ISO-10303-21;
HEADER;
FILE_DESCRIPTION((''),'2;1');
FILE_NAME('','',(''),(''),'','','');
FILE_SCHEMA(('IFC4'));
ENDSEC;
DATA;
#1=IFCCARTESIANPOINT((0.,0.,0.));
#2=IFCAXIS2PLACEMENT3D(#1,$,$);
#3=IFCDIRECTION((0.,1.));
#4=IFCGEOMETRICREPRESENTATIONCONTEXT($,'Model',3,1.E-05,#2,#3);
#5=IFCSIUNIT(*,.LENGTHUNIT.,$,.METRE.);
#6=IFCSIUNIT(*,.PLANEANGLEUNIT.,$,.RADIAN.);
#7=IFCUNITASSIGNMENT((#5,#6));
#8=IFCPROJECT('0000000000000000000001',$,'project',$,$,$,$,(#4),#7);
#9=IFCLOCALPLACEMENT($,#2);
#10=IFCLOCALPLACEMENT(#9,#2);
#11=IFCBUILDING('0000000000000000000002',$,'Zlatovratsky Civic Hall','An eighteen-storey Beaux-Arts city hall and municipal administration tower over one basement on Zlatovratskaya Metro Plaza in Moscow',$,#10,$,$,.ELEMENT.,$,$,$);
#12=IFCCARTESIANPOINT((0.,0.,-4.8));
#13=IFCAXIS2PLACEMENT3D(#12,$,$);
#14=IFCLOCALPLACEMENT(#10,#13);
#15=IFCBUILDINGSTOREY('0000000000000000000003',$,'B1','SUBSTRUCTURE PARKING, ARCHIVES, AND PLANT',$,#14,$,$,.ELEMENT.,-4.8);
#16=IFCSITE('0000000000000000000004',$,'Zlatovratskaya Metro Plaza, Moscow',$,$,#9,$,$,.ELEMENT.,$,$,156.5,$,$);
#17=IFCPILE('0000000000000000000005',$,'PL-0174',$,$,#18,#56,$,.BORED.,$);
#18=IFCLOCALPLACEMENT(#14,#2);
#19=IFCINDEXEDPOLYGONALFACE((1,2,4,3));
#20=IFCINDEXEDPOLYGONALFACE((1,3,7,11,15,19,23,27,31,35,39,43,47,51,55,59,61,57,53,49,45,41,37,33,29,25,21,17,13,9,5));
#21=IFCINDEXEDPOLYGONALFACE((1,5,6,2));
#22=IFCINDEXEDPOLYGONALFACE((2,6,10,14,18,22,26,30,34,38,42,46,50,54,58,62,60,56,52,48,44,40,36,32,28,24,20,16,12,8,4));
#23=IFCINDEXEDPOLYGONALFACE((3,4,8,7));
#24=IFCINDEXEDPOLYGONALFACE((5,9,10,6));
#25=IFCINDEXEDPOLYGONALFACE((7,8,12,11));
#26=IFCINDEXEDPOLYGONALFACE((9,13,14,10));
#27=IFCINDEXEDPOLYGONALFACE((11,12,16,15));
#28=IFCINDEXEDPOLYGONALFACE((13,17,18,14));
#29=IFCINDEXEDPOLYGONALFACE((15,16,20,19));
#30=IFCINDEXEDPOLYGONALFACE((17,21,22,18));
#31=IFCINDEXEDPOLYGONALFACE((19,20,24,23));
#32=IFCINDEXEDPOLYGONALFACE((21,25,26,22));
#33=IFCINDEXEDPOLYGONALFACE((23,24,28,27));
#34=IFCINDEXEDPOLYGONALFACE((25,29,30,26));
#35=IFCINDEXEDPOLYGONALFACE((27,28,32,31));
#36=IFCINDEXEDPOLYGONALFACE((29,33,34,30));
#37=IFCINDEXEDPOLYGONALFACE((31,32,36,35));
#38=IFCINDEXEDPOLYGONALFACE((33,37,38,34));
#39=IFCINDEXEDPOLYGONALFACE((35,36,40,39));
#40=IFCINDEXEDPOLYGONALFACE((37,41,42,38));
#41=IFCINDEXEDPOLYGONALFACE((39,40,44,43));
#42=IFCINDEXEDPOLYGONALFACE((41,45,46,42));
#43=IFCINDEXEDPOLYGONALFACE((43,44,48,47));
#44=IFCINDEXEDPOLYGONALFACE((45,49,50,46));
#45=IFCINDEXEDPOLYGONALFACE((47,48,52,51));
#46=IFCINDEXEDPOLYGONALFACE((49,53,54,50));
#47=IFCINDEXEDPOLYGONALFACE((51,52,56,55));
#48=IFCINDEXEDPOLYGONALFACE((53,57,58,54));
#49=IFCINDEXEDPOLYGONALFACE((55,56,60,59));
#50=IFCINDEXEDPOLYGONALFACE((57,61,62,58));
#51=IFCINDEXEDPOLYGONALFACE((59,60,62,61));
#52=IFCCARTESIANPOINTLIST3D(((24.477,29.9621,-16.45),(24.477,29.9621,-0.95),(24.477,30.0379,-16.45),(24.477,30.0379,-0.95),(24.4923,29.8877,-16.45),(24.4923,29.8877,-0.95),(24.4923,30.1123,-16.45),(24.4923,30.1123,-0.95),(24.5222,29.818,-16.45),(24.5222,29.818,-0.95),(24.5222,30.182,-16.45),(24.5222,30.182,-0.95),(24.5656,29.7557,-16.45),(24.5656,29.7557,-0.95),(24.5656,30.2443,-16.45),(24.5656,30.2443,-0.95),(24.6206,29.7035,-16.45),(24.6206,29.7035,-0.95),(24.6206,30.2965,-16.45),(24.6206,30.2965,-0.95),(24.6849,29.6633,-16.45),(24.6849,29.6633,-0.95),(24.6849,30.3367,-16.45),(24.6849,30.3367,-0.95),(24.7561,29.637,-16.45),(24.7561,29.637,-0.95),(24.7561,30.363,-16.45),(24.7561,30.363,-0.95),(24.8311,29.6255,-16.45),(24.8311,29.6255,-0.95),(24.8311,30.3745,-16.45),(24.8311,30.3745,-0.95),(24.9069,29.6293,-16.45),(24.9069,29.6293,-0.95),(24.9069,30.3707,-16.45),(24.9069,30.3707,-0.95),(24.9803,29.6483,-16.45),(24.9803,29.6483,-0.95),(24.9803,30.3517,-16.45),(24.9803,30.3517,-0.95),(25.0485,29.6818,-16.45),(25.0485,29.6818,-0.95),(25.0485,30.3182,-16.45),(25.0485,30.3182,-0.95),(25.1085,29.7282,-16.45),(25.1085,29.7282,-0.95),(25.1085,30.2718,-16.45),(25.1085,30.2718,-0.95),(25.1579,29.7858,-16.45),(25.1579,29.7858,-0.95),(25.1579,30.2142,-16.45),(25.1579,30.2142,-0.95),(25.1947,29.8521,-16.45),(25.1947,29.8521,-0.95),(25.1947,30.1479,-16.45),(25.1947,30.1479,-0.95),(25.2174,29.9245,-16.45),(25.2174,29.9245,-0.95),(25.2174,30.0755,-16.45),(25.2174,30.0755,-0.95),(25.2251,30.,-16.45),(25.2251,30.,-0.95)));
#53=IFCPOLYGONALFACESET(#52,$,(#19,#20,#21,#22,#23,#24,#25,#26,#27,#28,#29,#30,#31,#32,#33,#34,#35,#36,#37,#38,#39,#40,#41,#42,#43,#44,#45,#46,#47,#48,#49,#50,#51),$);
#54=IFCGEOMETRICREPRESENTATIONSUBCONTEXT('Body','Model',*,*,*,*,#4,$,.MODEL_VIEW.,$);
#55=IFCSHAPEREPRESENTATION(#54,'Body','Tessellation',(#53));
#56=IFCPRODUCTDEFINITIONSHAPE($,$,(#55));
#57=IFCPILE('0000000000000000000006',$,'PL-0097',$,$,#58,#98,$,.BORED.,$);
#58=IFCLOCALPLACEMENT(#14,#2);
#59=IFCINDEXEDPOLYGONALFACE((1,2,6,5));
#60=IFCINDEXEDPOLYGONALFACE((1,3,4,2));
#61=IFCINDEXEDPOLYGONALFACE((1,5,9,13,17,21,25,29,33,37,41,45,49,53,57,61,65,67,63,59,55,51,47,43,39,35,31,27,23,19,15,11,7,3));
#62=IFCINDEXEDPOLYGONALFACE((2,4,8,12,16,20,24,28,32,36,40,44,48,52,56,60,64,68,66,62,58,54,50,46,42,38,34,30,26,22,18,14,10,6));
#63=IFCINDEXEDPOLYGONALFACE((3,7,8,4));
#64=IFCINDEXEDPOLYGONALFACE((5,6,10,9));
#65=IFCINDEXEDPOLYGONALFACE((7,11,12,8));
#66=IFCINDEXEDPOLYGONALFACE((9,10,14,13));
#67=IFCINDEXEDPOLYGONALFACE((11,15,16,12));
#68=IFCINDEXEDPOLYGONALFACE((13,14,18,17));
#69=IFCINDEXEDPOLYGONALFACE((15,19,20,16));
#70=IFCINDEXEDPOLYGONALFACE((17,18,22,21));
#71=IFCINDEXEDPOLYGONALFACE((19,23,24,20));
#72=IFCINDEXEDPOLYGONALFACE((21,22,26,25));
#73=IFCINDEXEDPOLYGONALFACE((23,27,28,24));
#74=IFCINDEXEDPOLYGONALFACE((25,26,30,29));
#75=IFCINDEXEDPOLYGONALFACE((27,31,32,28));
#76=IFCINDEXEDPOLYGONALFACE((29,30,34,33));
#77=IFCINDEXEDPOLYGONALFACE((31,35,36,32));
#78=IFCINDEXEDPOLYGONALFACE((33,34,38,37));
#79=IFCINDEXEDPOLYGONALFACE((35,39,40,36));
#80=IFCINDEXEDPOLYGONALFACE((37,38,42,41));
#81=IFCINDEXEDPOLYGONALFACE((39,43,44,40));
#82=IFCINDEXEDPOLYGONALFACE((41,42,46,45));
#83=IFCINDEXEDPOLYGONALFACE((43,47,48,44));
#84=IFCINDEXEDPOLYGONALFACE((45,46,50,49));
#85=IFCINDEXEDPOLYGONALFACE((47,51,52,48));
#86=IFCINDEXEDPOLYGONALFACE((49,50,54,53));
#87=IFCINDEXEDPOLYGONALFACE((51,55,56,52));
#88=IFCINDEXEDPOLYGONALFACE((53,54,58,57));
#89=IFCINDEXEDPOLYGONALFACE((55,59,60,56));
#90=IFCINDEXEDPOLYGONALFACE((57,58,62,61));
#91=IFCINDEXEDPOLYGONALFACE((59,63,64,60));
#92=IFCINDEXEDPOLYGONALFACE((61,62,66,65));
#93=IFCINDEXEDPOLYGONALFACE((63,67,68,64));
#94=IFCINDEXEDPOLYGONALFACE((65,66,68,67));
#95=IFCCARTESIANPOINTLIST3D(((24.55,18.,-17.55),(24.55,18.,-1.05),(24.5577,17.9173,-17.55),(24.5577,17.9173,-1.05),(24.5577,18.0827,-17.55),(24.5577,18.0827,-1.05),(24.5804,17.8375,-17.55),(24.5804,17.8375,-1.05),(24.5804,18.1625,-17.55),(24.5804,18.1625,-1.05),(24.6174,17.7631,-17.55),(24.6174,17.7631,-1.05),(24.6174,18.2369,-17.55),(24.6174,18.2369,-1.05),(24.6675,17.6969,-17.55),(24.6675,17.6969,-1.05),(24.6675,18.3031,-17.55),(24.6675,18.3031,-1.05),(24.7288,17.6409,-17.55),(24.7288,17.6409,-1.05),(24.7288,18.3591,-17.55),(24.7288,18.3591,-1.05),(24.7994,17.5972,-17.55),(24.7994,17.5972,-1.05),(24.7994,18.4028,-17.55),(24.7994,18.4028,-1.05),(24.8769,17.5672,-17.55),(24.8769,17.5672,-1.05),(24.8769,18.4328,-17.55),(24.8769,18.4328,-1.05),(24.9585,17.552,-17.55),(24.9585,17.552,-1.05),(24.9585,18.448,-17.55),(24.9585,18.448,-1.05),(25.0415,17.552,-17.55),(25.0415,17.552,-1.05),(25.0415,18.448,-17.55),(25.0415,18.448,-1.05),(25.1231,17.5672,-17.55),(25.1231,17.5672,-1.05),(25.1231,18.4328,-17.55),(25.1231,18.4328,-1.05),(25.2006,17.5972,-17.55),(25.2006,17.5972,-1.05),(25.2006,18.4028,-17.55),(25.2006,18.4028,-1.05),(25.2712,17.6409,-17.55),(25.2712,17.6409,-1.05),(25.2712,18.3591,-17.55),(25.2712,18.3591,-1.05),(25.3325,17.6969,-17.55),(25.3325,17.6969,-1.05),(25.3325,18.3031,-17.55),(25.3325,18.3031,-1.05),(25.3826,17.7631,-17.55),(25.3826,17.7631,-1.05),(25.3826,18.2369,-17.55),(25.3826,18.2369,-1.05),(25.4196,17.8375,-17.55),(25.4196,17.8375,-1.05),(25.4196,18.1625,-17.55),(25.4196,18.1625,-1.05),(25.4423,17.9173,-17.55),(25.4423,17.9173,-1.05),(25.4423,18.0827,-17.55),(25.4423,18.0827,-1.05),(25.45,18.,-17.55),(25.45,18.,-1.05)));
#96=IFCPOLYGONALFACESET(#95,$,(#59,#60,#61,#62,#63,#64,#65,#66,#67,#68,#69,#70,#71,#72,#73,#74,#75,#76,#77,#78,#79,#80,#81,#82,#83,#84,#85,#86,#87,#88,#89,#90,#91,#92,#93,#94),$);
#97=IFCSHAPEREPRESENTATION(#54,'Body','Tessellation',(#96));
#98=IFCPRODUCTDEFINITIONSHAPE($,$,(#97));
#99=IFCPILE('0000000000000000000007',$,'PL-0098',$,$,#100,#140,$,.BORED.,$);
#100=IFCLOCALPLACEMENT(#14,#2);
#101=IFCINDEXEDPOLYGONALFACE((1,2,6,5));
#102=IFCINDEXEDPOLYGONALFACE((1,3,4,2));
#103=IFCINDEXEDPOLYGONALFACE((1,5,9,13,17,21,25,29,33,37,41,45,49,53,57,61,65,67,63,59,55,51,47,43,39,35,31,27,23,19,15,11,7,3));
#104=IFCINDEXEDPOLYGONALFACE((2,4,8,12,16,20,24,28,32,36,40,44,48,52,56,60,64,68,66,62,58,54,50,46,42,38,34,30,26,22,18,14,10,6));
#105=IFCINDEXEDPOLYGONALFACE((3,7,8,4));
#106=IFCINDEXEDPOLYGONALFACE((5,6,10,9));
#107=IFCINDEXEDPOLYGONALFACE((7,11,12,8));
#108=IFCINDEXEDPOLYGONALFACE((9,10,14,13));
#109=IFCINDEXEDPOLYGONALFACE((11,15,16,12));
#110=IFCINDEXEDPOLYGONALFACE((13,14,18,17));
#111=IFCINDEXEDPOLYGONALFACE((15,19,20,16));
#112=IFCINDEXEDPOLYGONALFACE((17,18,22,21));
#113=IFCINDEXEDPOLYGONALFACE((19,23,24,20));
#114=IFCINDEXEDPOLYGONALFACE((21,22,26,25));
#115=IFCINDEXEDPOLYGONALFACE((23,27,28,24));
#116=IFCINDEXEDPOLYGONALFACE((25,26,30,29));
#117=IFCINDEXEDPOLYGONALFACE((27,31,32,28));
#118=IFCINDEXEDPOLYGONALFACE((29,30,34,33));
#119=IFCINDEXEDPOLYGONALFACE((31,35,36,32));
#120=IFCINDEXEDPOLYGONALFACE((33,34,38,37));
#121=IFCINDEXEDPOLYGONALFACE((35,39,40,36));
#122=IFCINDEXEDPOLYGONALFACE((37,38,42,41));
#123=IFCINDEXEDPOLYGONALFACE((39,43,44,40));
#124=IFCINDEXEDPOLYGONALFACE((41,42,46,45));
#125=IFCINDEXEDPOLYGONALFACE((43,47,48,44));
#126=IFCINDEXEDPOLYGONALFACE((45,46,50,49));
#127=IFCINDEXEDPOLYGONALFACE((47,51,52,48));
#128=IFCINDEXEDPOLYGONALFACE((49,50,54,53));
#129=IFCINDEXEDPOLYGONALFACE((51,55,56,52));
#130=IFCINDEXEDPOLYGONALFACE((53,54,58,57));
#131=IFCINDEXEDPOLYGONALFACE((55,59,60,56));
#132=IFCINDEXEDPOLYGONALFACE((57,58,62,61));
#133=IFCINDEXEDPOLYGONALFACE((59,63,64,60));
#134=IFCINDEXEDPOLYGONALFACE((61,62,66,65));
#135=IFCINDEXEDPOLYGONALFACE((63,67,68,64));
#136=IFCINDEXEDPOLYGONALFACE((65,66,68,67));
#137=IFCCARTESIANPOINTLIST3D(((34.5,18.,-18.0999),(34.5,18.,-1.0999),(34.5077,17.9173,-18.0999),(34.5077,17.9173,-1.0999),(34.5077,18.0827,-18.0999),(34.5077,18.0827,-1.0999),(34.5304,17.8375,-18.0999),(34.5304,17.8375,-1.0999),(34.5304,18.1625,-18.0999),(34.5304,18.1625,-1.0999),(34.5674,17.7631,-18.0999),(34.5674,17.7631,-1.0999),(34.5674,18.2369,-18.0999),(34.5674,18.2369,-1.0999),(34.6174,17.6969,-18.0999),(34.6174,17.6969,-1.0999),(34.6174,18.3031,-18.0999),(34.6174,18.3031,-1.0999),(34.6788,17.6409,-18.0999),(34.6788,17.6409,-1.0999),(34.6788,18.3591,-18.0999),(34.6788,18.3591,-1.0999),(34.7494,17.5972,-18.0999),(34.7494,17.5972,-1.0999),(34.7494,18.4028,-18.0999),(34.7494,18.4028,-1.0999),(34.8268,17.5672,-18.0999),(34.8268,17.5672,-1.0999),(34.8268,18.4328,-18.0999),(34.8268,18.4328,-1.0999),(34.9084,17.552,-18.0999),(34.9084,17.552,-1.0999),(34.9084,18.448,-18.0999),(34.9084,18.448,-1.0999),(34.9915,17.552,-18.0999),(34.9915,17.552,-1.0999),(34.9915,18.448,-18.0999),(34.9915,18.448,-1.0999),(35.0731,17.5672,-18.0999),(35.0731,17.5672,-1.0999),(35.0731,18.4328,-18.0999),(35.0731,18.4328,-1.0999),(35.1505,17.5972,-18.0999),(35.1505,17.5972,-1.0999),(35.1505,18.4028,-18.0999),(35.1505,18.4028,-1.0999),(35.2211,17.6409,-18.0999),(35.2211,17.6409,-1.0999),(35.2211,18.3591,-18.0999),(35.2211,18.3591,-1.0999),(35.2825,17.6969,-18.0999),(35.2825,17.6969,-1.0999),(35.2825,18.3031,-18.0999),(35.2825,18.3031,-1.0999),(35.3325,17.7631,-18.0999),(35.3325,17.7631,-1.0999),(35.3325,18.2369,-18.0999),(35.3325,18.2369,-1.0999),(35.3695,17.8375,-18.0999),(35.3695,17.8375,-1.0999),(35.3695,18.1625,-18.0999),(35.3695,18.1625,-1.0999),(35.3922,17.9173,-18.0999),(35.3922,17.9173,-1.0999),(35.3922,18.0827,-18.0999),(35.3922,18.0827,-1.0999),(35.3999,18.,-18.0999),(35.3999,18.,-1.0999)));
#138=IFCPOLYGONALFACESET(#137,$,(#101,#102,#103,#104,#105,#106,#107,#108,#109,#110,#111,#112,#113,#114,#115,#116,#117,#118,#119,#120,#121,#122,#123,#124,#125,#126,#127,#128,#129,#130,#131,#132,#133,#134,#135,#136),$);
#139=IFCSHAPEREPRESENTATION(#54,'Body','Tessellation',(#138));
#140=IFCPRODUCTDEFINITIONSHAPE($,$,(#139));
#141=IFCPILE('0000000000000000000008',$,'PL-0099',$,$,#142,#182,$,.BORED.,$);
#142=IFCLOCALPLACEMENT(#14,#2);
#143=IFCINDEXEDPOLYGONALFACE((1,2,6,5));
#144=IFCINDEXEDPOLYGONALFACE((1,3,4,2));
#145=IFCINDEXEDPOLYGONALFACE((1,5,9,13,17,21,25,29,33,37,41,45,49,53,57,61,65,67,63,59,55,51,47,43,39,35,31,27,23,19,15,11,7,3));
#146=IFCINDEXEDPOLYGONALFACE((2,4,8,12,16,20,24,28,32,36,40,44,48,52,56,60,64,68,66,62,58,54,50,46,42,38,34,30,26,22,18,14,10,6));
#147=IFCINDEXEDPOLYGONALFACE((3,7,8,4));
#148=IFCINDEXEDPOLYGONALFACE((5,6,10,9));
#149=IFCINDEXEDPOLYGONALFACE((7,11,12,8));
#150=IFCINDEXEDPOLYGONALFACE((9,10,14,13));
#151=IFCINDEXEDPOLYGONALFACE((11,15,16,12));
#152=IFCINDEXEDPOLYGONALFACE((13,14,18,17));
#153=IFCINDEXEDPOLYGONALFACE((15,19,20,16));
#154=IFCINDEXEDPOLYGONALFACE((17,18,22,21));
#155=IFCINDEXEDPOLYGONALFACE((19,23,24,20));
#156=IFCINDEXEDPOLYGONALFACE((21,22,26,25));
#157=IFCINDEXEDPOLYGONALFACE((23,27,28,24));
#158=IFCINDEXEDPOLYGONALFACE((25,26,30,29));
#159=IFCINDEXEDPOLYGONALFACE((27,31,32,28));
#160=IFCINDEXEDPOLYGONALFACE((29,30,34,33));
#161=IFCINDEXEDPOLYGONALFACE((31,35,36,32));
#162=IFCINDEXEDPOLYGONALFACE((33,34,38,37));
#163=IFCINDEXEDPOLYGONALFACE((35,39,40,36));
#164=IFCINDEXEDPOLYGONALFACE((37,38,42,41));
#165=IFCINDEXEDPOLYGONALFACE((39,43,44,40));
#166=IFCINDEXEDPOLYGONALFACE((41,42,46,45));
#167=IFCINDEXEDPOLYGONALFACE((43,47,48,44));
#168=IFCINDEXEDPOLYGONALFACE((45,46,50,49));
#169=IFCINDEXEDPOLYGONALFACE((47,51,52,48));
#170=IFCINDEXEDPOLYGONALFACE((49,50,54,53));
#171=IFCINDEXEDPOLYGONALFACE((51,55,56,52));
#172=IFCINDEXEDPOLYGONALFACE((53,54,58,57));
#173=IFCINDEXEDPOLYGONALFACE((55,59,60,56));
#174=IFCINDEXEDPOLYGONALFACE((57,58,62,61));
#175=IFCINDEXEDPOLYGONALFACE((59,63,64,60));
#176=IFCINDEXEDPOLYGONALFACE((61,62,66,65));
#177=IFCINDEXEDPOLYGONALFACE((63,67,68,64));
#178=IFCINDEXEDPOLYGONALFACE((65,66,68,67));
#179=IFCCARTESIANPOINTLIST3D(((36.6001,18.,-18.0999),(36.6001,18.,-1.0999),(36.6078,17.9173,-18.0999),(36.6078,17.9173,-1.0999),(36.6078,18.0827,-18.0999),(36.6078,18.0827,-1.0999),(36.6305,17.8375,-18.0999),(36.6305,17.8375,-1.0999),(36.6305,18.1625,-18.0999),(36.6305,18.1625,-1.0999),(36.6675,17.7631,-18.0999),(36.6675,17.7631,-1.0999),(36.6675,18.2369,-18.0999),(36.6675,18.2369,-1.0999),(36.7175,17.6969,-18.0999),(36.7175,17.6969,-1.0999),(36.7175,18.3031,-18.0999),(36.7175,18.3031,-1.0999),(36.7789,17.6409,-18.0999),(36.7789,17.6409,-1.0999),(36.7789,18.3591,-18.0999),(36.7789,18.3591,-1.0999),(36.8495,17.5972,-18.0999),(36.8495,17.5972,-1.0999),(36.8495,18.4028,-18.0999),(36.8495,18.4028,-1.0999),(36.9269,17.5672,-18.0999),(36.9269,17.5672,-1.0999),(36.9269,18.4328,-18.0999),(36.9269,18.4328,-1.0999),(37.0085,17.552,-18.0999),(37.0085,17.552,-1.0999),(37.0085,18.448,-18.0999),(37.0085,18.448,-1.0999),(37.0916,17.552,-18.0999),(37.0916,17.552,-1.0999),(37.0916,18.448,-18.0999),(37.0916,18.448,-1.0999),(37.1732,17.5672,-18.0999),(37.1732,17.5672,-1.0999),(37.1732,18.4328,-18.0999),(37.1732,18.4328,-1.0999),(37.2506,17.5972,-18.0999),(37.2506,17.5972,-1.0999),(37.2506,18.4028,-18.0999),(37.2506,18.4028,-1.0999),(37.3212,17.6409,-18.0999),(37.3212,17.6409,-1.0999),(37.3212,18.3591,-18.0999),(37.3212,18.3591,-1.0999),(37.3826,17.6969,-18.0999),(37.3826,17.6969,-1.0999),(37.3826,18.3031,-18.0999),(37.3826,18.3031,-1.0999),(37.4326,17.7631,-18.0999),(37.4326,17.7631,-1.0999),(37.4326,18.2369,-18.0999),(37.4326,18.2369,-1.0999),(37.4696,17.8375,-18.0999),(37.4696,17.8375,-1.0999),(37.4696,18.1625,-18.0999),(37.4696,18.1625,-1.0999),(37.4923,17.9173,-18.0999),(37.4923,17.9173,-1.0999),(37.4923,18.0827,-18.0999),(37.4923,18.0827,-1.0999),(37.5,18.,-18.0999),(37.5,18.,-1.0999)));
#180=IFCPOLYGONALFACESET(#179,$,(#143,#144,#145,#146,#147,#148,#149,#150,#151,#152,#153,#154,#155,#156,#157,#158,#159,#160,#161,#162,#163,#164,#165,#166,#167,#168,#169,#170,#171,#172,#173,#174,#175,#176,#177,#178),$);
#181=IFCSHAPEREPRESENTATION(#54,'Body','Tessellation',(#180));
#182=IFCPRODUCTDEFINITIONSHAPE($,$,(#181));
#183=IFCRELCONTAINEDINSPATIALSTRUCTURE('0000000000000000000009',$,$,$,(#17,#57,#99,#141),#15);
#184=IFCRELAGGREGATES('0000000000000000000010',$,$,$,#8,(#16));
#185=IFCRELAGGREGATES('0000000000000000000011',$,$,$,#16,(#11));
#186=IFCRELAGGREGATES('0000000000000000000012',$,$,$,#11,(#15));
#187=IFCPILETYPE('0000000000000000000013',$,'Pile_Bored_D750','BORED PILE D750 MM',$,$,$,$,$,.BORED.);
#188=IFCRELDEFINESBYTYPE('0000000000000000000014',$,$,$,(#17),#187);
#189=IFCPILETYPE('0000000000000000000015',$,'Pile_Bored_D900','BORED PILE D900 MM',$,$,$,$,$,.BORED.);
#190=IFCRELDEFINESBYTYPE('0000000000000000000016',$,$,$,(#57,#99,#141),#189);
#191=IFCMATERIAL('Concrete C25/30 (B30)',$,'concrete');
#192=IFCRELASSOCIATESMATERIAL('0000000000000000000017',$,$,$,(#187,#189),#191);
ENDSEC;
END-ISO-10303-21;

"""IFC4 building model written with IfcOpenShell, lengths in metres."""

from ifc_helpers import new_model, si_unit, direction, frame, origin, origin_2d, place, context, subcontext, project, spatial, circle, extrude, material, material_profile, profile_set, type_object, element, save


model = new_model("IFC4")

# Units and contexts
model_context = context("Model", 3, precision=1e-05, world=origin(), true_north=direction((0.0, 1.0)))
body_context = subcontext(model_context, "Body", "Model", "MODEL_VIEW")
ifc_project = project(units=[si_unit("LENGTHUNIT", "METRE"), si_unit("PLANEANGLEUNIT", "RADIAN")], contexts=[model_context])

# Site, building, storey
site_placement = place(None, origin())
site = spatial("IfcSite", under=ifc_project, at=site_placement, Name="Zlatovratskaya Metro Plaza, Moscow", CompositionType="ELEMENT", RefElevation=156.5)
building_placement = place(site_placement, origin())
building = spatial("IfcBuilding", under=site, at=building_placement, Name="Zlatovratsky Civic Hall", Description="An eighteen-storey Beaux-Arts city hall and municipal administration tower over one basement on Zlatovratskaya Metro Plaza in Moscow", CompositionType="ELEMENT")
storey_placement = place(building_placement, frame((0.0, 0.0, -4.8)))
storey = spatial("IfcBuildingStorey", under=building, at=storey_placement, Name="B1", Description="SUBSTRUCTURE PARKING, ARCHIVES, AND PLANT", CompositionType="ELEMENT", Elevation=-4.8)

# Shared definitions
ifc_material_1 = material(Name="Concrete C25/30 (B30)", Category="concrete")

# Piles
ifc_material_profile_1 = material_profile(ifc_material_1, circle(Radius=0.375, at=origin_2d()), Name="PILE D750")
ifc_profile_set_1 = profile_set([ifc_material_profile_1], Name="Concrete C25/30 (B30)")
pile_type_1 = type_object("IfcPileType", Name="Pile_Bored_D750", Description="BORED PILE D750 MM", PredefinedType="BORED", material=ifc_profile_set_1)
pile_1_placement = place(storey_placement, frame((24.8501, 30.0, -0.95), z_axis=(0.0, 0.0, -1.0), x_axis=(1.0, 0.0, 0.0)))
element("IfcPile", 1, at=pile_1_placement, inside=storey, type_object=pile_type_1, Name="PL-0174", PredefinedType="BORED", context=body_context, shape_type="SweptSolid", body=[
    extrude(circle(Radius=0.375, at=origin_2d()), origin(), (0.0, 0.0, 1.0), 15.5),
])
ifc_material_profile_2 = material_profile(ifc_material_1, circle(Radius=0.45, at=origin_2d()), Name="PILE D900")
ifc_profile_set_2 = profile_set([ifc_material_profile_2], Name="Concrete C25/30 (B30)")
pile_type_2 = type_object("IfcPileType", Name="Pile_Bored_D900", Description="BORED PILE D900 MM", PredefinedType="BORED", material=ifc_profile_set_2)
pile_2_placement = place(storey_placement, frame((25.0, 18.0, -1.05), z_axis=(0.0, 0.0, -1.0), x_axis=(1.0, 0.0, 0.0)))
element("IfcPile", 2, at=pile_2_placement, inside=storey, type_object=pile_type_2, Name="PL-0097", PredefinedType="BORED", context=body_context, shape_type="SweptSolid", body=[
    extrude(circle(Radius=0.45, at=origin_2d()), origin(), (0.0, 0.0, 1.0), 16.5),
])
for number, where, z_axis, x_axis, name in (
    (3, (34.95, 18.0, -1.0999), (0.0, 0.0, -1.0), (1.0, 0.0, 0.0), "PL-0098"),
    (4, (37.05, 18.0, -1.0999), (0.0, 0.0, -1.0), (1.0, 0.0, 0.0), "PL-0099"),
):
    element("IfcPile", number, at=place(storey_placement, frame(where, z_axis=z_axis, x_axis=x_axis)), inside=storey, type_object=pile_type_2, Name=name, PredefinedType="BORED", context=body_context, shape_type="SweptSolid", body=[
        extrude(circle(Radius=0.45, at=origin_2d()), origin(), (0.0, 0.0, 1.0), 17.0),
    ])

save(model, "model.ifc")
